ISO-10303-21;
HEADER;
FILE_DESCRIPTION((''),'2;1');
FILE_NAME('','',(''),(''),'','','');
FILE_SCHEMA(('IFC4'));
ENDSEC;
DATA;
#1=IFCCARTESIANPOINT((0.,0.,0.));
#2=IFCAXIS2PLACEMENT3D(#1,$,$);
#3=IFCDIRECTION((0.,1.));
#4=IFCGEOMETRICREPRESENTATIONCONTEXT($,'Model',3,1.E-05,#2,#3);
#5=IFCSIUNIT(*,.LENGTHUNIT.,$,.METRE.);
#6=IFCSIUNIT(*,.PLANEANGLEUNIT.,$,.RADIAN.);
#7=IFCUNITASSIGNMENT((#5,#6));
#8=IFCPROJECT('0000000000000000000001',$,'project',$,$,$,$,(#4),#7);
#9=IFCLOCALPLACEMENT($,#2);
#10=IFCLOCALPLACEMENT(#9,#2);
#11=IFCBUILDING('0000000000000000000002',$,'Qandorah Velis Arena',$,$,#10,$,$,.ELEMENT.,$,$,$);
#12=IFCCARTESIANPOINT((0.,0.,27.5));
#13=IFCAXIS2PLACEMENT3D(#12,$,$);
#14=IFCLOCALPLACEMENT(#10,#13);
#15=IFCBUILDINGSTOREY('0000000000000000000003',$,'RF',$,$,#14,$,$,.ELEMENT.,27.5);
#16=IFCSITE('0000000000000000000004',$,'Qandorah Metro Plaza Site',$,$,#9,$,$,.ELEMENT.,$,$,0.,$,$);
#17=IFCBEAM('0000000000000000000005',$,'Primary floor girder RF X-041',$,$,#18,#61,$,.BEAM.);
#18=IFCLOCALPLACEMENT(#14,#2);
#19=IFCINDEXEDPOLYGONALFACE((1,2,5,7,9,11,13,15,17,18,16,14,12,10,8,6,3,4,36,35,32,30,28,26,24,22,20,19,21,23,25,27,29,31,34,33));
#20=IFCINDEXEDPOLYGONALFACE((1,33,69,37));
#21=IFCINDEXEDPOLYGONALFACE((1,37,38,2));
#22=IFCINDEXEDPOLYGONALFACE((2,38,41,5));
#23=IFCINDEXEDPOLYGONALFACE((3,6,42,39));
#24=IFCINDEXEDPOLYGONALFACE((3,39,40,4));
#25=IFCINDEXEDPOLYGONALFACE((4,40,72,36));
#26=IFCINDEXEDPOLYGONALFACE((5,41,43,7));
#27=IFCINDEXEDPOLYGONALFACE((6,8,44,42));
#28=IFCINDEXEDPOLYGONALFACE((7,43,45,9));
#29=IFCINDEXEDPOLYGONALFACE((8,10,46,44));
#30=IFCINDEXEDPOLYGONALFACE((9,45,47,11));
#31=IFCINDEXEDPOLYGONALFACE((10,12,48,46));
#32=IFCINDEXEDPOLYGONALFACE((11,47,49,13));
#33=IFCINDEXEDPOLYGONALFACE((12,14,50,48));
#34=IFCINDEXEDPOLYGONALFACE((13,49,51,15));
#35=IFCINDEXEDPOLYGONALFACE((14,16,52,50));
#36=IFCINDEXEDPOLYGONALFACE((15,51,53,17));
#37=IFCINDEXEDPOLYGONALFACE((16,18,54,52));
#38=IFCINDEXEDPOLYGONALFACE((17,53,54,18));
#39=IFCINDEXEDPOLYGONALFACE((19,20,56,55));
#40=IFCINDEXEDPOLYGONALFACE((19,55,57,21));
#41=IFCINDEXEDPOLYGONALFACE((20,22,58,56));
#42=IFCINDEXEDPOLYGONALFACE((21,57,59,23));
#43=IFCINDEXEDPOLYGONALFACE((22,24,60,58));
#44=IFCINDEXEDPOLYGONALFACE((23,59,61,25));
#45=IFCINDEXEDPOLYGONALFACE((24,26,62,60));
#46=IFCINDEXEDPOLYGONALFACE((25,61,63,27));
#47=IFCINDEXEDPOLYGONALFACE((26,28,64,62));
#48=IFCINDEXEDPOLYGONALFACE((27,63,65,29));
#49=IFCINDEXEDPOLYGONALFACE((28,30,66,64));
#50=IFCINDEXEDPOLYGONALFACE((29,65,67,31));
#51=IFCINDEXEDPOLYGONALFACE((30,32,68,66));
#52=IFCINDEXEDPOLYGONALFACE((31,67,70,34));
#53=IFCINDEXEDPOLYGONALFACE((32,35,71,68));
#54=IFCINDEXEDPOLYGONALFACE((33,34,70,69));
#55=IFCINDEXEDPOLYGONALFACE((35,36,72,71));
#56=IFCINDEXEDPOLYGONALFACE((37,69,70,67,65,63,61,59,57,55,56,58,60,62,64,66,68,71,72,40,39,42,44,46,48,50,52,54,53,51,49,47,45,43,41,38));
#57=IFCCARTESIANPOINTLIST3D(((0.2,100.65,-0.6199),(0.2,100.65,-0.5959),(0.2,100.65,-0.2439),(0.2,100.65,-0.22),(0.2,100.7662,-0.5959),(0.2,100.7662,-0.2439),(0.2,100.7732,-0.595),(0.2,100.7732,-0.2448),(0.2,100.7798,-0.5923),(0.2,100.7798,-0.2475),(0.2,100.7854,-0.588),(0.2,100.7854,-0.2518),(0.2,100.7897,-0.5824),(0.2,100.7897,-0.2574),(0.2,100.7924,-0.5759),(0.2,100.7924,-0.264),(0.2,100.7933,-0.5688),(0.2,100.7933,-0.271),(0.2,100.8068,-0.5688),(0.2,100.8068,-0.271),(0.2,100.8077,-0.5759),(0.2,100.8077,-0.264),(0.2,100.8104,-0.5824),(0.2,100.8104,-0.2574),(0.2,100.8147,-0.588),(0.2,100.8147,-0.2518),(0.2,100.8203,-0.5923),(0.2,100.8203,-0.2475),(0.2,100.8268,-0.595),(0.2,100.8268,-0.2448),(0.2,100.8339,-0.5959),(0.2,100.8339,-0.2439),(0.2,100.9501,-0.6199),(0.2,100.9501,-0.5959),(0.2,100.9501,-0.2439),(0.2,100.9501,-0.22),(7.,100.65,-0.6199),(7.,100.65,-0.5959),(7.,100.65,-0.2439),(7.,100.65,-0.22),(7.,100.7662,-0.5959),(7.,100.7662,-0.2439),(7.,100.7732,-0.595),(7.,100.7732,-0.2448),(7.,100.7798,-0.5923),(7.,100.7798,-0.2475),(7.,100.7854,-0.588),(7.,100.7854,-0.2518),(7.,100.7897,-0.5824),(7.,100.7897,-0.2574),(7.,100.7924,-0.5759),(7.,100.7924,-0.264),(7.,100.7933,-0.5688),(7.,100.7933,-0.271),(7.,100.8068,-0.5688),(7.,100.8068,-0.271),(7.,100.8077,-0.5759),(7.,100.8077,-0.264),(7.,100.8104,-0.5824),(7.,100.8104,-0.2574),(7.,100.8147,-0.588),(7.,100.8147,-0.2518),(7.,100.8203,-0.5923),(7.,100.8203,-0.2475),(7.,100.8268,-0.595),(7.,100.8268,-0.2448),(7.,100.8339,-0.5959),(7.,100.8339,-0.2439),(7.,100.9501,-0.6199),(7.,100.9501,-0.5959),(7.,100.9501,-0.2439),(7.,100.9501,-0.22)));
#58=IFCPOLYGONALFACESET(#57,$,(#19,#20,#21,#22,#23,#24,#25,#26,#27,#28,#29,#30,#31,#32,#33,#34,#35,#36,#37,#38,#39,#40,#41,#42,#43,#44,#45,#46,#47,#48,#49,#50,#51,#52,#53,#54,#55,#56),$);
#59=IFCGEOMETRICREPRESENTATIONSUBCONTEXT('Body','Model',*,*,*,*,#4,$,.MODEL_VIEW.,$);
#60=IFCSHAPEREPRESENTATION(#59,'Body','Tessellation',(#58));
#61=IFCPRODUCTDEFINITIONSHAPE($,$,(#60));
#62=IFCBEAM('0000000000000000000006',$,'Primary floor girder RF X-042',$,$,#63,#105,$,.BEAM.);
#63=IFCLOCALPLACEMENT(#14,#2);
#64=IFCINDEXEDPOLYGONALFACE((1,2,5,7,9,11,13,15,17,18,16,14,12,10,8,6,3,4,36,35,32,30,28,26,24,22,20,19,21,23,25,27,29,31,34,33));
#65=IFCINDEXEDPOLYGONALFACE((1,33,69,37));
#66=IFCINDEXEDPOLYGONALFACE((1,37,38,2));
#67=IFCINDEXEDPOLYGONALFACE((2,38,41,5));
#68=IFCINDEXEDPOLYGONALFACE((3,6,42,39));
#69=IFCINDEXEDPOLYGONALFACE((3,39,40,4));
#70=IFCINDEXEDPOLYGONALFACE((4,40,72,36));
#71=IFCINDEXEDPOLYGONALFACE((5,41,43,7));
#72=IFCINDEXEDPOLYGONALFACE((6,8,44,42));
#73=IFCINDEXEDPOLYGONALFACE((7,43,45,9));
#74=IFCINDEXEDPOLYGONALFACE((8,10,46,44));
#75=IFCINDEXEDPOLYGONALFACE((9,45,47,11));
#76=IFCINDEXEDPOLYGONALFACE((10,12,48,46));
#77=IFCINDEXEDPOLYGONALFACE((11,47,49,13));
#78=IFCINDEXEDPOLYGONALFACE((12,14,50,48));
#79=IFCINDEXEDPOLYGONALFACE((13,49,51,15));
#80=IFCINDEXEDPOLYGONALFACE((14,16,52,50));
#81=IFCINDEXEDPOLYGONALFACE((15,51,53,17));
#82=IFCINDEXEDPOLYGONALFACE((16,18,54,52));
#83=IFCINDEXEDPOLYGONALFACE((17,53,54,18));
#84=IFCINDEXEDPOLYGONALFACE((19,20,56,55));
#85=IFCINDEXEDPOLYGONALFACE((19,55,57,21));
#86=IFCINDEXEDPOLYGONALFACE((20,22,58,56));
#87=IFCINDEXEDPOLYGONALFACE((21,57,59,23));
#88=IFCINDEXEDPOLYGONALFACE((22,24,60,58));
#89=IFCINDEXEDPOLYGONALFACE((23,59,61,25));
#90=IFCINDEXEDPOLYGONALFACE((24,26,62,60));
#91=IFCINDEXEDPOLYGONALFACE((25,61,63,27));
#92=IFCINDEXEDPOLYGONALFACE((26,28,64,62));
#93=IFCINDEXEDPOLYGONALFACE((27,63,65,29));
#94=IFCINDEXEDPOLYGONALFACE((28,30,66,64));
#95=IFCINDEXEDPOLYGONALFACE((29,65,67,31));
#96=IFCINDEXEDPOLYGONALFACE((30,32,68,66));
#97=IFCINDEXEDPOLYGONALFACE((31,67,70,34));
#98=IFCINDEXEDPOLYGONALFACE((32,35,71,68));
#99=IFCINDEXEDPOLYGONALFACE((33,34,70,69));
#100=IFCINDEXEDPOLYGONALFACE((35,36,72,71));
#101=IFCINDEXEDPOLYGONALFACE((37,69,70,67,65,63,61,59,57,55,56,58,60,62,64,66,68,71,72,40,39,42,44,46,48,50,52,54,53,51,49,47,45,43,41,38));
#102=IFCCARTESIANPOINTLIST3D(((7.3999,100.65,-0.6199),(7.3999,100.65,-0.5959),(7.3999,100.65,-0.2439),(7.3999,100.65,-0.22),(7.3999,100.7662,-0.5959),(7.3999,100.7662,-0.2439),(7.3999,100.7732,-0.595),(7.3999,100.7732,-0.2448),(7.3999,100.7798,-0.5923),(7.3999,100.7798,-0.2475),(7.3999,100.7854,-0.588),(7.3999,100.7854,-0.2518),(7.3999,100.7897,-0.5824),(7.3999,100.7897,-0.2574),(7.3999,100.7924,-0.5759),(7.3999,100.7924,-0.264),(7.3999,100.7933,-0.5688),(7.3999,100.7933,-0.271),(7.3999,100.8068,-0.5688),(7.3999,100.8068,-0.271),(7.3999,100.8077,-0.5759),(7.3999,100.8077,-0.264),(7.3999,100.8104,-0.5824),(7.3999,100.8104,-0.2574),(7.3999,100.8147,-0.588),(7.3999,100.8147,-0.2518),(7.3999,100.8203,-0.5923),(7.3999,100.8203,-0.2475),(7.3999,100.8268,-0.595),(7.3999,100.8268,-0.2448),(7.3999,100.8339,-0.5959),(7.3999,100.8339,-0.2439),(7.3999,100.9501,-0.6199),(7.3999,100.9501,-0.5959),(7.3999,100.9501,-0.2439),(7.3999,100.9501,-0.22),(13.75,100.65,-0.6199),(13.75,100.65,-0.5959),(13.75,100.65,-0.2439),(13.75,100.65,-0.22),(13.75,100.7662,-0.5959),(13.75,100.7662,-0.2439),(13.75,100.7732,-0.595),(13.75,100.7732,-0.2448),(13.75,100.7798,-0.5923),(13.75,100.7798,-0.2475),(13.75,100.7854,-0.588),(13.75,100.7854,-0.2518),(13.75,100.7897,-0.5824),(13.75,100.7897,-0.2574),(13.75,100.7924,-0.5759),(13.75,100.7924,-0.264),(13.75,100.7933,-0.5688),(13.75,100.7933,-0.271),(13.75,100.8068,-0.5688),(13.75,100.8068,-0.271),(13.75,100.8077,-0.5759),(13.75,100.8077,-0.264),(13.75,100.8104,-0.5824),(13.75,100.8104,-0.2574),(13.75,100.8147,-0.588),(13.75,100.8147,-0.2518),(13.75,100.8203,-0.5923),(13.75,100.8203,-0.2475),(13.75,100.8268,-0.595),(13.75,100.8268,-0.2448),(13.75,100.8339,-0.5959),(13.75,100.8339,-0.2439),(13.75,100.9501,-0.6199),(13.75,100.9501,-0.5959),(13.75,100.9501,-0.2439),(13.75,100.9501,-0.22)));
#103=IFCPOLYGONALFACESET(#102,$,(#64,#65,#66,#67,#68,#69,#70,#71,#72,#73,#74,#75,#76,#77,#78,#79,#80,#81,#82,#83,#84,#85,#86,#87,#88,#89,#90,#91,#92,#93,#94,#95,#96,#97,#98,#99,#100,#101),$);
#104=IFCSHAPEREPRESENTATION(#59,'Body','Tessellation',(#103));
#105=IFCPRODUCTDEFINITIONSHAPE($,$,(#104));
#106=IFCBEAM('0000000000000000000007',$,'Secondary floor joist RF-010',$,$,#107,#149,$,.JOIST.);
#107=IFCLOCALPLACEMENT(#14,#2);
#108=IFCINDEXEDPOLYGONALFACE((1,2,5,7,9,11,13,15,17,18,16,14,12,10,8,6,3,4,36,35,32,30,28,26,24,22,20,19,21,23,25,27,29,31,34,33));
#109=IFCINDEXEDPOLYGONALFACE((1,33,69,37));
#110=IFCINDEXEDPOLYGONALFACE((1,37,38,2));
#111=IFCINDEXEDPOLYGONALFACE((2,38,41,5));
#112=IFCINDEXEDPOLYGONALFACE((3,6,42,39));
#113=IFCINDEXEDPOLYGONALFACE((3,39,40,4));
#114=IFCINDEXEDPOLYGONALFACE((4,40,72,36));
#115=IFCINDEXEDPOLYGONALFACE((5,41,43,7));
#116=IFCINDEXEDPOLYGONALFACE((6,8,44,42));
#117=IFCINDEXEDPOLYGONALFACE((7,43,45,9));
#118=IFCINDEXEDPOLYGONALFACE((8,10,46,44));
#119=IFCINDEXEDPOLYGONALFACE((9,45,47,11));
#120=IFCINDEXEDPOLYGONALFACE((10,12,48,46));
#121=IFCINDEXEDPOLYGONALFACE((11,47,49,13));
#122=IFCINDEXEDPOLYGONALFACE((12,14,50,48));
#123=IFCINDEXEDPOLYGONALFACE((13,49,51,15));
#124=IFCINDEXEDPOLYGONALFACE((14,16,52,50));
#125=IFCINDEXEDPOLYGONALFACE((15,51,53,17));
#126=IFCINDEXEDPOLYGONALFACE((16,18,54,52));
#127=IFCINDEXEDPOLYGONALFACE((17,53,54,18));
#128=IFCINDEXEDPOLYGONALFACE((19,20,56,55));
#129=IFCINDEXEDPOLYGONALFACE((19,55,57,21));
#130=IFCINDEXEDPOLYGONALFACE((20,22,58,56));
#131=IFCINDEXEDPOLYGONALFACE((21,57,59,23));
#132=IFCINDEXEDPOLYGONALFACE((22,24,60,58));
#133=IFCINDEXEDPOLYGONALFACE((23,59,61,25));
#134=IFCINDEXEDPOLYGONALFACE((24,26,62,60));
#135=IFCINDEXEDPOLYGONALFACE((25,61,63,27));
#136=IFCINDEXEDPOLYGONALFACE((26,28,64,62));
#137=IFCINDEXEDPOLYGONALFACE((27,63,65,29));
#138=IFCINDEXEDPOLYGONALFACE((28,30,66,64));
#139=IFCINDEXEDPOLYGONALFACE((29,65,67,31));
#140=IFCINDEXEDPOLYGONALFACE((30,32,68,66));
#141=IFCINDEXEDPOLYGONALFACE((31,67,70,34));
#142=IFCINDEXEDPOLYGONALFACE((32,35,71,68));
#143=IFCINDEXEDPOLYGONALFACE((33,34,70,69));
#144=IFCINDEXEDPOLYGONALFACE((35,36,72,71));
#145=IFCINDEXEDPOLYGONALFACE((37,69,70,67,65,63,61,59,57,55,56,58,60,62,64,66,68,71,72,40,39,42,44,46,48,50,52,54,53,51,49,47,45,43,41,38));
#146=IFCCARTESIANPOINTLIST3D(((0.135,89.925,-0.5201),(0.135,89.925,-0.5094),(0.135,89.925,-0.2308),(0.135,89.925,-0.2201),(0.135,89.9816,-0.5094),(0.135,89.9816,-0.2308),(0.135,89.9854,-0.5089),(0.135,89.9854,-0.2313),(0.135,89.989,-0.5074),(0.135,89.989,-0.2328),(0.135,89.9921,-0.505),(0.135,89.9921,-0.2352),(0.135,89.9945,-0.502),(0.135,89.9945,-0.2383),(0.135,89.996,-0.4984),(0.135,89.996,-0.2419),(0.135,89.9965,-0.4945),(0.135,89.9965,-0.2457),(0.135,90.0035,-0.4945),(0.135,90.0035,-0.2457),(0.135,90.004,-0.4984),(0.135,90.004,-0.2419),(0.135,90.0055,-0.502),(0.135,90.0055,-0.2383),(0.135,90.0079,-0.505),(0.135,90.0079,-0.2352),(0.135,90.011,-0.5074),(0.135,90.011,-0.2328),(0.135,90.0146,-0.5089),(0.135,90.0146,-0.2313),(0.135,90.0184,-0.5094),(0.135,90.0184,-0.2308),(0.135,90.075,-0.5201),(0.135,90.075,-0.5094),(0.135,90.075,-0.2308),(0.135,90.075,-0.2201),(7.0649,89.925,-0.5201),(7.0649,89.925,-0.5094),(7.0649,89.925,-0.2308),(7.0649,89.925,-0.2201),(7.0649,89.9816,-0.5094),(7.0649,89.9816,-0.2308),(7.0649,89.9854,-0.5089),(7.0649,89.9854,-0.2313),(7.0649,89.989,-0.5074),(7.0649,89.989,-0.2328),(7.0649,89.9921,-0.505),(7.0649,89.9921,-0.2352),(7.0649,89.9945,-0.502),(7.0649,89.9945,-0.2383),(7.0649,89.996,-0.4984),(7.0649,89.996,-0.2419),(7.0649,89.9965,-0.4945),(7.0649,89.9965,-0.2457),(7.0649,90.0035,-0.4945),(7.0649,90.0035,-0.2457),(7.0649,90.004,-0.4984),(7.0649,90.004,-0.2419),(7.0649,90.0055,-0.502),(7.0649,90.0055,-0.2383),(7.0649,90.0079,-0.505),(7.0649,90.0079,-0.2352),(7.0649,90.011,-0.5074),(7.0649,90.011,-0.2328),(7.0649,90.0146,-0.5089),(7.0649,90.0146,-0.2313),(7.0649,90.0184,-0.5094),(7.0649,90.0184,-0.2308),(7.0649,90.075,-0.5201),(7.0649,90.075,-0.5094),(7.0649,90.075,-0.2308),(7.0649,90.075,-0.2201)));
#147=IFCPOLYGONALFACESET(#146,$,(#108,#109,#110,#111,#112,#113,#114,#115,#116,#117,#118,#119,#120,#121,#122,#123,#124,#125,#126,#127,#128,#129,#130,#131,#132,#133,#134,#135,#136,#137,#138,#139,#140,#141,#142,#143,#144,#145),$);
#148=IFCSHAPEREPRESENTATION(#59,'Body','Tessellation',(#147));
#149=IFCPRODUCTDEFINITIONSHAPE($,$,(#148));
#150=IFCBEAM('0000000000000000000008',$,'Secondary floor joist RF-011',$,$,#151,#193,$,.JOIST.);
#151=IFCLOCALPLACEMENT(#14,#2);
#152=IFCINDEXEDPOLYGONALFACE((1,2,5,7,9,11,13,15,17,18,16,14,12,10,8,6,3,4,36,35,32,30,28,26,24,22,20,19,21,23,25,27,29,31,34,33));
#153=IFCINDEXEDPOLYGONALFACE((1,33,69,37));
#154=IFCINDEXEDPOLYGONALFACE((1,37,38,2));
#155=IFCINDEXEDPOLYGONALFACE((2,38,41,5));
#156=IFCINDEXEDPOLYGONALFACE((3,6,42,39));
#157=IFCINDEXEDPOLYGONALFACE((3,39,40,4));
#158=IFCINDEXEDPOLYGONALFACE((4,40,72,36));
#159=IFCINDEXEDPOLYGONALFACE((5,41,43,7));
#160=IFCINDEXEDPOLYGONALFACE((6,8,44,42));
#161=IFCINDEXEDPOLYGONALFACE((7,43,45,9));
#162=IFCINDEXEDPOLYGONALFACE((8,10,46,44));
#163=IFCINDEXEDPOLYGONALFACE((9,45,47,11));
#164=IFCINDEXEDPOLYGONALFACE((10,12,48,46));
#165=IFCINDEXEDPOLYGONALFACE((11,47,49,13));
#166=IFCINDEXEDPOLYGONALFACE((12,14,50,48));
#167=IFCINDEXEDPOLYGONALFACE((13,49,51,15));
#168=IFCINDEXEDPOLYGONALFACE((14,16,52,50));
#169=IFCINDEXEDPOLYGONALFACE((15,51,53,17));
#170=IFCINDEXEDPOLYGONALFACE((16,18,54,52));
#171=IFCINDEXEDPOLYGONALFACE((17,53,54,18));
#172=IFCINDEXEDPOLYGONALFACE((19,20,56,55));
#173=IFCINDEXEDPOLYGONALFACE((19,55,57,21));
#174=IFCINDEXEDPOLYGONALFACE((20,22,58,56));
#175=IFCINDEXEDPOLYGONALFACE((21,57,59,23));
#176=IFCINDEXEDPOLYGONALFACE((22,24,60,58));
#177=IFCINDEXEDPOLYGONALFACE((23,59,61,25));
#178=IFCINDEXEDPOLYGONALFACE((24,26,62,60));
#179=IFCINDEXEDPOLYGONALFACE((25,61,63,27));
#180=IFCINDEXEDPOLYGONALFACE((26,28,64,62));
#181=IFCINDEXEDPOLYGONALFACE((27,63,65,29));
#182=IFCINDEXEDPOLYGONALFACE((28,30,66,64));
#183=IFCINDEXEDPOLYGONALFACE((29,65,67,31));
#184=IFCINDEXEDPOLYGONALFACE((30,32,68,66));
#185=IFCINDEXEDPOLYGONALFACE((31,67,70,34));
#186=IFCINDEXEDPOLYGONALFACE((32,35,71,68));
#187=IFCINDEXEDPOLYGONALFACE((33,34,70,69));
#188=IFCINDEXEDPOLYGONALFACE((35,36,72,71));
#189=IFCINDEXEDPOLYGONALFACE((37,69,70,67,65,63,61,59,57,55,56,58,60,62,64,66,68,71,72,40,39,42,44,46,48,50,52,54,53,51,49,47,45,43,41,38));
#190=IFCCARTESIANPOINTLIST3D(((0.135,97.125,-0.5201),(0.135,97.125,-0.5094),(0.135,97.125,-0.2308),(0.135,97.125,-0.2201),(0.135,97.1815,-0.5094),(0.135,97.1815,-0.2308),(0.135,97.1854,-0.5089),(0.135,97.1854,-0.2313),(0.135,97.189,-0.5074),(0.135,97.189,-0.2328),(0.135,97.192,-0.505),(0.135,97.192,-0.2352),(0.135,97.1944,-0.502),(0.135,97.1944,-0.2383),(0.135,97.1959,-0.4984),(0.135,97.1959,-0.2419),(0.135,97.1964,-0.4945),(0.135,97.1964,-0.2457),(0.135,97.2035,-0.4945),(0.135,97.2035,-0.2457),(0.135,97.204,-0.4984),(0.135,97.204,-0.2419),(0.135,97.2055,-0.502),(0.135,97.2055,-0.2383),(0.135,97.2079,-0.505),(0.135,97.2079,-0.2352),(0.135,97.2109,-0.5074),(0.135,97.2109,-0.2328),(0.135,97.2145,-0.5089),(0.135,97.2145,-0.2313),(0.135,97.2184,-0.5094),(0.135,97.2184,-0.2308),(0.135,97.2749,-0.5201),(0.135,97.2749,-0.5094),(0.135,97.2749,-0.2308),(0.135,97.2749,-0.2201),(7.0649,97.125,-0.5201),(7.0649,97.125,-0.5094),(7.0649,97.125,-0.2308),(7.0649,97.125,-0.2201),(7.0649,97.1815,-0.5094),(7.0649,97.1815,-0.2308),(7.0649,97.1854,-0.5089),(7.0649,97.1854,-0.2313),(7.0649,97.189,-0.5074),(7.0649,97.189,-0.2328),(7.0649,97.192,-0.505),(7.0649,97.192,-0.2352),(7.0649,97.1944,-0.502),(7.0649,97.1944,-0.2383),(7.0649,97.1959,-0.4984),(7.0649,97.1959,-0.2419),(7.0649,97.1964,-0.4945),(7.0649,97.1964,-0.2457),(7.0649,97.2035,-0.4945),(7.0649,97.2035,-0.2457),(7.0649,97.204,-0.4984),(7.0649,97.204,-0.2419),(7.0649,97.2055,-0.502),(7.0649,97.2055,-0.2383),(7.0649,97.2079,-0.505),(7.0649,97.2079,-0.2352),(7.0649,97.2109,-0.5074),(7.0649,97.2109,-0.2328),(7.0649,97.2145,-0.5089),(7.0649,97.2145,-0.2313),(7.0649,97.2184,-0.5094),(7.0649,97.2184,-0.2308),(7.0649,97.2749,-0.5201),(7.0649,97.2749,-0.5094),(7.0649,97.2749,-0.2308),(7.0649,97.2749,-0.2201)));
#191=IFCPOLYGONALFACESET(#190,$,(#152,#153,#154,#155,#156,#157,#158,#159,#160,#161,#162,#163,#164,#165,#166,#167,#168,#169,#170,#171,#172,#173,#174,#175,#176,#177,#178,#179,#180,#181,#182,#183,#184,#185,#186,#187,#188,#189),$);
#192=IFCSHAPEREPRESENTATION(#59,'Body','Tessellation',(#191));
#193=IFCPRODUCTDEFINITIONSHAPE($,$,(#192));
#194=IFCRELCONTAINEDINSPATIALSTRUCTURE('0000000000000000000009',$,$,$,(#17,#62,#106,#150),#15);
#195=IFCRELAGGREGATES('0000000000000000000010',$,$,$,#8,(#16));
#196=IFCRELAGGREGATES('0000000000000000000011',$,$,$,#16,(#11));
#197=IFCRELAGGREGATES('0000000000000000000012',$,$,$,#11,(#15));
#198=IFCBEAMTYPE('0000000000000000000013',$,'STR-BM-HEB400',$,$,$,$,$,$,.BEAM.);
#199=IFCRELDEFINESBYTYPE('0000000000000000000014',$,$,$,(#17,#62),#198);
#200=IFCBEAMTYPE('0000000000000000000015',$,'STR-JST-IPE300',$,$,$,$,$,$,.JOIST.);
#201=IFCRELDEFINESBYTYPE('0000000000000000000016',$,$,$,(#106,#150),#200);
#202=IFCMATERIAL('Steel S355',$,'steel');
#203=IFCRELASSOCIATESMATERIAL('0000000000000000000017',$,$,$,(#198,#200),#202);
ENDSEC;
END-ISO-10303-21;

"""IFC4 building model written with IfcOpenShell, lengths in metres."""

from ifc_helpers import new_model, si_unit, direction, frame, origin, origin_2d, place, context, subcontext, project, spatial, i_section, extrude, material, material_profile, profile_set, type_object, element, save


model = new_model("IFC4")

# Units and contexts
model_context = context("Model", 3, precision=1e-05, world=origin(), true_north=direction((0.0, 1.0)))
body_context = subcontext(model_context, "Body", "Model", "MODEL_VIEW")
ifc_project = project(units=[si_unit("LENGTHUNIT", "METRE"), si_unit("PLANEANGLEUNIT", "RADIAN")], contexts=[model_context])

# Site, building, storey
site_placement = place(None, origin())
site = spatial("IfcSite", under=ifc_project, at=site_placement, Name="Qandorah Metro Plaza Site", CompositionType="ELEMENT", RefElevation=0.0)
building_placement = place(site_placement, origin())
building = spatial("IfcBuilding", under=site, at=building_placement, Name="Qandorah Velis Arena", CompositionType="ELEMENT")
storey_placement = place(building_placement, frame((0.0, 0.0, 27.5)))
storey = spatial("IfcBuildingStorey", under=building, at=storey_placement, Name="RF", CompositionType="ELEMENT", Elevation=27.5)

# Beams
ifc_material_1 = material(Name="Steel S355", Category="steel")
ifc_material_profile_1 = material_profile(ifc_material_1, i_section(OverallWidth=0.3, OverallDepth=0.3999, WebThickness=0.0134, FlangeThickness=0.0239, FilletRadius=0.0271, at=origin_2d()), Name="HEB 400")
ifc_profile_set_1 = profile_set([ifc_material_profile_1], Name="Steel S355")
beam_type_1 = type_object("IfcBeamType", Name="STR-BM-HEB400", PredefinedType="BEAM", material=ifc_profile_set_1)
for number, where, z_axis, x_axis, name in (
    (1, (0.2, 100.8, -0.4199), (1.0, 0.0, 0.0), (0.0, 1.0, 0.0), "Primary floor girder RF X-041"),
):
    element("IfcBeam", number, at=place(storey_placement, frame(where, z_axis=z_axis, x_axis=x_axis)), inside=storey, type_object=beam_type_1, Name=name, PredefinedType="BEAM", context=body_context, shape_type="SweptSolid", body=[
        extrude(i_section(OverallWidth=0.3, OverallDepth=0.3999, WebThickness=0.0134, FlangeThickness=0.0239, FilletRadius=0.0271, at=origin_2d()), origin(), (0.0, 0.0, 1.0), 6.8),
    ])
beam_1_placement = place(storey_placement, frame((7.3999, 100.8, -0.4199), z_axis=(1.0, 0.0, 0.0), x_axis=(0.0, 1.0, 0.0)))
element("IfcBeam", 2, at=beam_1_placement, inside=storey, type_object=beam_type_1, Name="Primary floor girder RF X-042", PredefinedType="BEAM", context=body_context, shape_type="SweptSolid", body=[
    extrude(i_section(OverallWidth=0.3, OverallDepth=0.3999, WebThickness=0.0134, FlangeThickness=0.0239, FilletRadius=0.0271, at=origin_2d()), origin(), (0.0, 0.0, 1.0), 6.3501),
])
ifc_material_profile_2 = material_profile(ifc_material_1, i_section(OverallWidth=0.1499, OverallDepth=0.3, WebThickness=0.0071, FlangeThickness=0.0107, FilletRadius=0.0149, at=origin_2d()), Name="IPE 300")
ifc_profile_set_2 = profile_set([ifc_material_profile_2], Name="Steel S355")
beam_type_2 = type_object("IfcBeamType", Name="STR-JST-IPE300", PredefinedType="JOIST", material=ifc_profile_set_2)
for number, where, z_axis, x_axis, name in (
    (3, (0.135, 90.0, -0.3701), (1.0, 0.0, 0.0), (0.0, 1.0, 0.0), "Secondary floor joist RF-010"),
    (4, (0.135, 97.2, -0.3701), (1.0, 0.0, 0.0), (0.0, 1.0, 0.0), "Secondary floor joist RF-011"),
):
    element("IfcBeam", number, at=place(storey_placement, frame(where, z_axis=z_axis, x_axis=x_axis)), inside=storey, type_object=beam_type_2, Name=name, PredefinedType="JOIST", context=body_context, shape_type="SweptSolid", body=[
        extrude(i_section(OverallWidth=0.1499, OverallDepth=0.3, WebThickness=0.0071, FlangeThickness=0.0107, FilletRadius=0.0149, at=origin_2d()), origin(), (0.0, 0.0, 1.0), 6.9299),
    ])

save(model, "model.ifc")
